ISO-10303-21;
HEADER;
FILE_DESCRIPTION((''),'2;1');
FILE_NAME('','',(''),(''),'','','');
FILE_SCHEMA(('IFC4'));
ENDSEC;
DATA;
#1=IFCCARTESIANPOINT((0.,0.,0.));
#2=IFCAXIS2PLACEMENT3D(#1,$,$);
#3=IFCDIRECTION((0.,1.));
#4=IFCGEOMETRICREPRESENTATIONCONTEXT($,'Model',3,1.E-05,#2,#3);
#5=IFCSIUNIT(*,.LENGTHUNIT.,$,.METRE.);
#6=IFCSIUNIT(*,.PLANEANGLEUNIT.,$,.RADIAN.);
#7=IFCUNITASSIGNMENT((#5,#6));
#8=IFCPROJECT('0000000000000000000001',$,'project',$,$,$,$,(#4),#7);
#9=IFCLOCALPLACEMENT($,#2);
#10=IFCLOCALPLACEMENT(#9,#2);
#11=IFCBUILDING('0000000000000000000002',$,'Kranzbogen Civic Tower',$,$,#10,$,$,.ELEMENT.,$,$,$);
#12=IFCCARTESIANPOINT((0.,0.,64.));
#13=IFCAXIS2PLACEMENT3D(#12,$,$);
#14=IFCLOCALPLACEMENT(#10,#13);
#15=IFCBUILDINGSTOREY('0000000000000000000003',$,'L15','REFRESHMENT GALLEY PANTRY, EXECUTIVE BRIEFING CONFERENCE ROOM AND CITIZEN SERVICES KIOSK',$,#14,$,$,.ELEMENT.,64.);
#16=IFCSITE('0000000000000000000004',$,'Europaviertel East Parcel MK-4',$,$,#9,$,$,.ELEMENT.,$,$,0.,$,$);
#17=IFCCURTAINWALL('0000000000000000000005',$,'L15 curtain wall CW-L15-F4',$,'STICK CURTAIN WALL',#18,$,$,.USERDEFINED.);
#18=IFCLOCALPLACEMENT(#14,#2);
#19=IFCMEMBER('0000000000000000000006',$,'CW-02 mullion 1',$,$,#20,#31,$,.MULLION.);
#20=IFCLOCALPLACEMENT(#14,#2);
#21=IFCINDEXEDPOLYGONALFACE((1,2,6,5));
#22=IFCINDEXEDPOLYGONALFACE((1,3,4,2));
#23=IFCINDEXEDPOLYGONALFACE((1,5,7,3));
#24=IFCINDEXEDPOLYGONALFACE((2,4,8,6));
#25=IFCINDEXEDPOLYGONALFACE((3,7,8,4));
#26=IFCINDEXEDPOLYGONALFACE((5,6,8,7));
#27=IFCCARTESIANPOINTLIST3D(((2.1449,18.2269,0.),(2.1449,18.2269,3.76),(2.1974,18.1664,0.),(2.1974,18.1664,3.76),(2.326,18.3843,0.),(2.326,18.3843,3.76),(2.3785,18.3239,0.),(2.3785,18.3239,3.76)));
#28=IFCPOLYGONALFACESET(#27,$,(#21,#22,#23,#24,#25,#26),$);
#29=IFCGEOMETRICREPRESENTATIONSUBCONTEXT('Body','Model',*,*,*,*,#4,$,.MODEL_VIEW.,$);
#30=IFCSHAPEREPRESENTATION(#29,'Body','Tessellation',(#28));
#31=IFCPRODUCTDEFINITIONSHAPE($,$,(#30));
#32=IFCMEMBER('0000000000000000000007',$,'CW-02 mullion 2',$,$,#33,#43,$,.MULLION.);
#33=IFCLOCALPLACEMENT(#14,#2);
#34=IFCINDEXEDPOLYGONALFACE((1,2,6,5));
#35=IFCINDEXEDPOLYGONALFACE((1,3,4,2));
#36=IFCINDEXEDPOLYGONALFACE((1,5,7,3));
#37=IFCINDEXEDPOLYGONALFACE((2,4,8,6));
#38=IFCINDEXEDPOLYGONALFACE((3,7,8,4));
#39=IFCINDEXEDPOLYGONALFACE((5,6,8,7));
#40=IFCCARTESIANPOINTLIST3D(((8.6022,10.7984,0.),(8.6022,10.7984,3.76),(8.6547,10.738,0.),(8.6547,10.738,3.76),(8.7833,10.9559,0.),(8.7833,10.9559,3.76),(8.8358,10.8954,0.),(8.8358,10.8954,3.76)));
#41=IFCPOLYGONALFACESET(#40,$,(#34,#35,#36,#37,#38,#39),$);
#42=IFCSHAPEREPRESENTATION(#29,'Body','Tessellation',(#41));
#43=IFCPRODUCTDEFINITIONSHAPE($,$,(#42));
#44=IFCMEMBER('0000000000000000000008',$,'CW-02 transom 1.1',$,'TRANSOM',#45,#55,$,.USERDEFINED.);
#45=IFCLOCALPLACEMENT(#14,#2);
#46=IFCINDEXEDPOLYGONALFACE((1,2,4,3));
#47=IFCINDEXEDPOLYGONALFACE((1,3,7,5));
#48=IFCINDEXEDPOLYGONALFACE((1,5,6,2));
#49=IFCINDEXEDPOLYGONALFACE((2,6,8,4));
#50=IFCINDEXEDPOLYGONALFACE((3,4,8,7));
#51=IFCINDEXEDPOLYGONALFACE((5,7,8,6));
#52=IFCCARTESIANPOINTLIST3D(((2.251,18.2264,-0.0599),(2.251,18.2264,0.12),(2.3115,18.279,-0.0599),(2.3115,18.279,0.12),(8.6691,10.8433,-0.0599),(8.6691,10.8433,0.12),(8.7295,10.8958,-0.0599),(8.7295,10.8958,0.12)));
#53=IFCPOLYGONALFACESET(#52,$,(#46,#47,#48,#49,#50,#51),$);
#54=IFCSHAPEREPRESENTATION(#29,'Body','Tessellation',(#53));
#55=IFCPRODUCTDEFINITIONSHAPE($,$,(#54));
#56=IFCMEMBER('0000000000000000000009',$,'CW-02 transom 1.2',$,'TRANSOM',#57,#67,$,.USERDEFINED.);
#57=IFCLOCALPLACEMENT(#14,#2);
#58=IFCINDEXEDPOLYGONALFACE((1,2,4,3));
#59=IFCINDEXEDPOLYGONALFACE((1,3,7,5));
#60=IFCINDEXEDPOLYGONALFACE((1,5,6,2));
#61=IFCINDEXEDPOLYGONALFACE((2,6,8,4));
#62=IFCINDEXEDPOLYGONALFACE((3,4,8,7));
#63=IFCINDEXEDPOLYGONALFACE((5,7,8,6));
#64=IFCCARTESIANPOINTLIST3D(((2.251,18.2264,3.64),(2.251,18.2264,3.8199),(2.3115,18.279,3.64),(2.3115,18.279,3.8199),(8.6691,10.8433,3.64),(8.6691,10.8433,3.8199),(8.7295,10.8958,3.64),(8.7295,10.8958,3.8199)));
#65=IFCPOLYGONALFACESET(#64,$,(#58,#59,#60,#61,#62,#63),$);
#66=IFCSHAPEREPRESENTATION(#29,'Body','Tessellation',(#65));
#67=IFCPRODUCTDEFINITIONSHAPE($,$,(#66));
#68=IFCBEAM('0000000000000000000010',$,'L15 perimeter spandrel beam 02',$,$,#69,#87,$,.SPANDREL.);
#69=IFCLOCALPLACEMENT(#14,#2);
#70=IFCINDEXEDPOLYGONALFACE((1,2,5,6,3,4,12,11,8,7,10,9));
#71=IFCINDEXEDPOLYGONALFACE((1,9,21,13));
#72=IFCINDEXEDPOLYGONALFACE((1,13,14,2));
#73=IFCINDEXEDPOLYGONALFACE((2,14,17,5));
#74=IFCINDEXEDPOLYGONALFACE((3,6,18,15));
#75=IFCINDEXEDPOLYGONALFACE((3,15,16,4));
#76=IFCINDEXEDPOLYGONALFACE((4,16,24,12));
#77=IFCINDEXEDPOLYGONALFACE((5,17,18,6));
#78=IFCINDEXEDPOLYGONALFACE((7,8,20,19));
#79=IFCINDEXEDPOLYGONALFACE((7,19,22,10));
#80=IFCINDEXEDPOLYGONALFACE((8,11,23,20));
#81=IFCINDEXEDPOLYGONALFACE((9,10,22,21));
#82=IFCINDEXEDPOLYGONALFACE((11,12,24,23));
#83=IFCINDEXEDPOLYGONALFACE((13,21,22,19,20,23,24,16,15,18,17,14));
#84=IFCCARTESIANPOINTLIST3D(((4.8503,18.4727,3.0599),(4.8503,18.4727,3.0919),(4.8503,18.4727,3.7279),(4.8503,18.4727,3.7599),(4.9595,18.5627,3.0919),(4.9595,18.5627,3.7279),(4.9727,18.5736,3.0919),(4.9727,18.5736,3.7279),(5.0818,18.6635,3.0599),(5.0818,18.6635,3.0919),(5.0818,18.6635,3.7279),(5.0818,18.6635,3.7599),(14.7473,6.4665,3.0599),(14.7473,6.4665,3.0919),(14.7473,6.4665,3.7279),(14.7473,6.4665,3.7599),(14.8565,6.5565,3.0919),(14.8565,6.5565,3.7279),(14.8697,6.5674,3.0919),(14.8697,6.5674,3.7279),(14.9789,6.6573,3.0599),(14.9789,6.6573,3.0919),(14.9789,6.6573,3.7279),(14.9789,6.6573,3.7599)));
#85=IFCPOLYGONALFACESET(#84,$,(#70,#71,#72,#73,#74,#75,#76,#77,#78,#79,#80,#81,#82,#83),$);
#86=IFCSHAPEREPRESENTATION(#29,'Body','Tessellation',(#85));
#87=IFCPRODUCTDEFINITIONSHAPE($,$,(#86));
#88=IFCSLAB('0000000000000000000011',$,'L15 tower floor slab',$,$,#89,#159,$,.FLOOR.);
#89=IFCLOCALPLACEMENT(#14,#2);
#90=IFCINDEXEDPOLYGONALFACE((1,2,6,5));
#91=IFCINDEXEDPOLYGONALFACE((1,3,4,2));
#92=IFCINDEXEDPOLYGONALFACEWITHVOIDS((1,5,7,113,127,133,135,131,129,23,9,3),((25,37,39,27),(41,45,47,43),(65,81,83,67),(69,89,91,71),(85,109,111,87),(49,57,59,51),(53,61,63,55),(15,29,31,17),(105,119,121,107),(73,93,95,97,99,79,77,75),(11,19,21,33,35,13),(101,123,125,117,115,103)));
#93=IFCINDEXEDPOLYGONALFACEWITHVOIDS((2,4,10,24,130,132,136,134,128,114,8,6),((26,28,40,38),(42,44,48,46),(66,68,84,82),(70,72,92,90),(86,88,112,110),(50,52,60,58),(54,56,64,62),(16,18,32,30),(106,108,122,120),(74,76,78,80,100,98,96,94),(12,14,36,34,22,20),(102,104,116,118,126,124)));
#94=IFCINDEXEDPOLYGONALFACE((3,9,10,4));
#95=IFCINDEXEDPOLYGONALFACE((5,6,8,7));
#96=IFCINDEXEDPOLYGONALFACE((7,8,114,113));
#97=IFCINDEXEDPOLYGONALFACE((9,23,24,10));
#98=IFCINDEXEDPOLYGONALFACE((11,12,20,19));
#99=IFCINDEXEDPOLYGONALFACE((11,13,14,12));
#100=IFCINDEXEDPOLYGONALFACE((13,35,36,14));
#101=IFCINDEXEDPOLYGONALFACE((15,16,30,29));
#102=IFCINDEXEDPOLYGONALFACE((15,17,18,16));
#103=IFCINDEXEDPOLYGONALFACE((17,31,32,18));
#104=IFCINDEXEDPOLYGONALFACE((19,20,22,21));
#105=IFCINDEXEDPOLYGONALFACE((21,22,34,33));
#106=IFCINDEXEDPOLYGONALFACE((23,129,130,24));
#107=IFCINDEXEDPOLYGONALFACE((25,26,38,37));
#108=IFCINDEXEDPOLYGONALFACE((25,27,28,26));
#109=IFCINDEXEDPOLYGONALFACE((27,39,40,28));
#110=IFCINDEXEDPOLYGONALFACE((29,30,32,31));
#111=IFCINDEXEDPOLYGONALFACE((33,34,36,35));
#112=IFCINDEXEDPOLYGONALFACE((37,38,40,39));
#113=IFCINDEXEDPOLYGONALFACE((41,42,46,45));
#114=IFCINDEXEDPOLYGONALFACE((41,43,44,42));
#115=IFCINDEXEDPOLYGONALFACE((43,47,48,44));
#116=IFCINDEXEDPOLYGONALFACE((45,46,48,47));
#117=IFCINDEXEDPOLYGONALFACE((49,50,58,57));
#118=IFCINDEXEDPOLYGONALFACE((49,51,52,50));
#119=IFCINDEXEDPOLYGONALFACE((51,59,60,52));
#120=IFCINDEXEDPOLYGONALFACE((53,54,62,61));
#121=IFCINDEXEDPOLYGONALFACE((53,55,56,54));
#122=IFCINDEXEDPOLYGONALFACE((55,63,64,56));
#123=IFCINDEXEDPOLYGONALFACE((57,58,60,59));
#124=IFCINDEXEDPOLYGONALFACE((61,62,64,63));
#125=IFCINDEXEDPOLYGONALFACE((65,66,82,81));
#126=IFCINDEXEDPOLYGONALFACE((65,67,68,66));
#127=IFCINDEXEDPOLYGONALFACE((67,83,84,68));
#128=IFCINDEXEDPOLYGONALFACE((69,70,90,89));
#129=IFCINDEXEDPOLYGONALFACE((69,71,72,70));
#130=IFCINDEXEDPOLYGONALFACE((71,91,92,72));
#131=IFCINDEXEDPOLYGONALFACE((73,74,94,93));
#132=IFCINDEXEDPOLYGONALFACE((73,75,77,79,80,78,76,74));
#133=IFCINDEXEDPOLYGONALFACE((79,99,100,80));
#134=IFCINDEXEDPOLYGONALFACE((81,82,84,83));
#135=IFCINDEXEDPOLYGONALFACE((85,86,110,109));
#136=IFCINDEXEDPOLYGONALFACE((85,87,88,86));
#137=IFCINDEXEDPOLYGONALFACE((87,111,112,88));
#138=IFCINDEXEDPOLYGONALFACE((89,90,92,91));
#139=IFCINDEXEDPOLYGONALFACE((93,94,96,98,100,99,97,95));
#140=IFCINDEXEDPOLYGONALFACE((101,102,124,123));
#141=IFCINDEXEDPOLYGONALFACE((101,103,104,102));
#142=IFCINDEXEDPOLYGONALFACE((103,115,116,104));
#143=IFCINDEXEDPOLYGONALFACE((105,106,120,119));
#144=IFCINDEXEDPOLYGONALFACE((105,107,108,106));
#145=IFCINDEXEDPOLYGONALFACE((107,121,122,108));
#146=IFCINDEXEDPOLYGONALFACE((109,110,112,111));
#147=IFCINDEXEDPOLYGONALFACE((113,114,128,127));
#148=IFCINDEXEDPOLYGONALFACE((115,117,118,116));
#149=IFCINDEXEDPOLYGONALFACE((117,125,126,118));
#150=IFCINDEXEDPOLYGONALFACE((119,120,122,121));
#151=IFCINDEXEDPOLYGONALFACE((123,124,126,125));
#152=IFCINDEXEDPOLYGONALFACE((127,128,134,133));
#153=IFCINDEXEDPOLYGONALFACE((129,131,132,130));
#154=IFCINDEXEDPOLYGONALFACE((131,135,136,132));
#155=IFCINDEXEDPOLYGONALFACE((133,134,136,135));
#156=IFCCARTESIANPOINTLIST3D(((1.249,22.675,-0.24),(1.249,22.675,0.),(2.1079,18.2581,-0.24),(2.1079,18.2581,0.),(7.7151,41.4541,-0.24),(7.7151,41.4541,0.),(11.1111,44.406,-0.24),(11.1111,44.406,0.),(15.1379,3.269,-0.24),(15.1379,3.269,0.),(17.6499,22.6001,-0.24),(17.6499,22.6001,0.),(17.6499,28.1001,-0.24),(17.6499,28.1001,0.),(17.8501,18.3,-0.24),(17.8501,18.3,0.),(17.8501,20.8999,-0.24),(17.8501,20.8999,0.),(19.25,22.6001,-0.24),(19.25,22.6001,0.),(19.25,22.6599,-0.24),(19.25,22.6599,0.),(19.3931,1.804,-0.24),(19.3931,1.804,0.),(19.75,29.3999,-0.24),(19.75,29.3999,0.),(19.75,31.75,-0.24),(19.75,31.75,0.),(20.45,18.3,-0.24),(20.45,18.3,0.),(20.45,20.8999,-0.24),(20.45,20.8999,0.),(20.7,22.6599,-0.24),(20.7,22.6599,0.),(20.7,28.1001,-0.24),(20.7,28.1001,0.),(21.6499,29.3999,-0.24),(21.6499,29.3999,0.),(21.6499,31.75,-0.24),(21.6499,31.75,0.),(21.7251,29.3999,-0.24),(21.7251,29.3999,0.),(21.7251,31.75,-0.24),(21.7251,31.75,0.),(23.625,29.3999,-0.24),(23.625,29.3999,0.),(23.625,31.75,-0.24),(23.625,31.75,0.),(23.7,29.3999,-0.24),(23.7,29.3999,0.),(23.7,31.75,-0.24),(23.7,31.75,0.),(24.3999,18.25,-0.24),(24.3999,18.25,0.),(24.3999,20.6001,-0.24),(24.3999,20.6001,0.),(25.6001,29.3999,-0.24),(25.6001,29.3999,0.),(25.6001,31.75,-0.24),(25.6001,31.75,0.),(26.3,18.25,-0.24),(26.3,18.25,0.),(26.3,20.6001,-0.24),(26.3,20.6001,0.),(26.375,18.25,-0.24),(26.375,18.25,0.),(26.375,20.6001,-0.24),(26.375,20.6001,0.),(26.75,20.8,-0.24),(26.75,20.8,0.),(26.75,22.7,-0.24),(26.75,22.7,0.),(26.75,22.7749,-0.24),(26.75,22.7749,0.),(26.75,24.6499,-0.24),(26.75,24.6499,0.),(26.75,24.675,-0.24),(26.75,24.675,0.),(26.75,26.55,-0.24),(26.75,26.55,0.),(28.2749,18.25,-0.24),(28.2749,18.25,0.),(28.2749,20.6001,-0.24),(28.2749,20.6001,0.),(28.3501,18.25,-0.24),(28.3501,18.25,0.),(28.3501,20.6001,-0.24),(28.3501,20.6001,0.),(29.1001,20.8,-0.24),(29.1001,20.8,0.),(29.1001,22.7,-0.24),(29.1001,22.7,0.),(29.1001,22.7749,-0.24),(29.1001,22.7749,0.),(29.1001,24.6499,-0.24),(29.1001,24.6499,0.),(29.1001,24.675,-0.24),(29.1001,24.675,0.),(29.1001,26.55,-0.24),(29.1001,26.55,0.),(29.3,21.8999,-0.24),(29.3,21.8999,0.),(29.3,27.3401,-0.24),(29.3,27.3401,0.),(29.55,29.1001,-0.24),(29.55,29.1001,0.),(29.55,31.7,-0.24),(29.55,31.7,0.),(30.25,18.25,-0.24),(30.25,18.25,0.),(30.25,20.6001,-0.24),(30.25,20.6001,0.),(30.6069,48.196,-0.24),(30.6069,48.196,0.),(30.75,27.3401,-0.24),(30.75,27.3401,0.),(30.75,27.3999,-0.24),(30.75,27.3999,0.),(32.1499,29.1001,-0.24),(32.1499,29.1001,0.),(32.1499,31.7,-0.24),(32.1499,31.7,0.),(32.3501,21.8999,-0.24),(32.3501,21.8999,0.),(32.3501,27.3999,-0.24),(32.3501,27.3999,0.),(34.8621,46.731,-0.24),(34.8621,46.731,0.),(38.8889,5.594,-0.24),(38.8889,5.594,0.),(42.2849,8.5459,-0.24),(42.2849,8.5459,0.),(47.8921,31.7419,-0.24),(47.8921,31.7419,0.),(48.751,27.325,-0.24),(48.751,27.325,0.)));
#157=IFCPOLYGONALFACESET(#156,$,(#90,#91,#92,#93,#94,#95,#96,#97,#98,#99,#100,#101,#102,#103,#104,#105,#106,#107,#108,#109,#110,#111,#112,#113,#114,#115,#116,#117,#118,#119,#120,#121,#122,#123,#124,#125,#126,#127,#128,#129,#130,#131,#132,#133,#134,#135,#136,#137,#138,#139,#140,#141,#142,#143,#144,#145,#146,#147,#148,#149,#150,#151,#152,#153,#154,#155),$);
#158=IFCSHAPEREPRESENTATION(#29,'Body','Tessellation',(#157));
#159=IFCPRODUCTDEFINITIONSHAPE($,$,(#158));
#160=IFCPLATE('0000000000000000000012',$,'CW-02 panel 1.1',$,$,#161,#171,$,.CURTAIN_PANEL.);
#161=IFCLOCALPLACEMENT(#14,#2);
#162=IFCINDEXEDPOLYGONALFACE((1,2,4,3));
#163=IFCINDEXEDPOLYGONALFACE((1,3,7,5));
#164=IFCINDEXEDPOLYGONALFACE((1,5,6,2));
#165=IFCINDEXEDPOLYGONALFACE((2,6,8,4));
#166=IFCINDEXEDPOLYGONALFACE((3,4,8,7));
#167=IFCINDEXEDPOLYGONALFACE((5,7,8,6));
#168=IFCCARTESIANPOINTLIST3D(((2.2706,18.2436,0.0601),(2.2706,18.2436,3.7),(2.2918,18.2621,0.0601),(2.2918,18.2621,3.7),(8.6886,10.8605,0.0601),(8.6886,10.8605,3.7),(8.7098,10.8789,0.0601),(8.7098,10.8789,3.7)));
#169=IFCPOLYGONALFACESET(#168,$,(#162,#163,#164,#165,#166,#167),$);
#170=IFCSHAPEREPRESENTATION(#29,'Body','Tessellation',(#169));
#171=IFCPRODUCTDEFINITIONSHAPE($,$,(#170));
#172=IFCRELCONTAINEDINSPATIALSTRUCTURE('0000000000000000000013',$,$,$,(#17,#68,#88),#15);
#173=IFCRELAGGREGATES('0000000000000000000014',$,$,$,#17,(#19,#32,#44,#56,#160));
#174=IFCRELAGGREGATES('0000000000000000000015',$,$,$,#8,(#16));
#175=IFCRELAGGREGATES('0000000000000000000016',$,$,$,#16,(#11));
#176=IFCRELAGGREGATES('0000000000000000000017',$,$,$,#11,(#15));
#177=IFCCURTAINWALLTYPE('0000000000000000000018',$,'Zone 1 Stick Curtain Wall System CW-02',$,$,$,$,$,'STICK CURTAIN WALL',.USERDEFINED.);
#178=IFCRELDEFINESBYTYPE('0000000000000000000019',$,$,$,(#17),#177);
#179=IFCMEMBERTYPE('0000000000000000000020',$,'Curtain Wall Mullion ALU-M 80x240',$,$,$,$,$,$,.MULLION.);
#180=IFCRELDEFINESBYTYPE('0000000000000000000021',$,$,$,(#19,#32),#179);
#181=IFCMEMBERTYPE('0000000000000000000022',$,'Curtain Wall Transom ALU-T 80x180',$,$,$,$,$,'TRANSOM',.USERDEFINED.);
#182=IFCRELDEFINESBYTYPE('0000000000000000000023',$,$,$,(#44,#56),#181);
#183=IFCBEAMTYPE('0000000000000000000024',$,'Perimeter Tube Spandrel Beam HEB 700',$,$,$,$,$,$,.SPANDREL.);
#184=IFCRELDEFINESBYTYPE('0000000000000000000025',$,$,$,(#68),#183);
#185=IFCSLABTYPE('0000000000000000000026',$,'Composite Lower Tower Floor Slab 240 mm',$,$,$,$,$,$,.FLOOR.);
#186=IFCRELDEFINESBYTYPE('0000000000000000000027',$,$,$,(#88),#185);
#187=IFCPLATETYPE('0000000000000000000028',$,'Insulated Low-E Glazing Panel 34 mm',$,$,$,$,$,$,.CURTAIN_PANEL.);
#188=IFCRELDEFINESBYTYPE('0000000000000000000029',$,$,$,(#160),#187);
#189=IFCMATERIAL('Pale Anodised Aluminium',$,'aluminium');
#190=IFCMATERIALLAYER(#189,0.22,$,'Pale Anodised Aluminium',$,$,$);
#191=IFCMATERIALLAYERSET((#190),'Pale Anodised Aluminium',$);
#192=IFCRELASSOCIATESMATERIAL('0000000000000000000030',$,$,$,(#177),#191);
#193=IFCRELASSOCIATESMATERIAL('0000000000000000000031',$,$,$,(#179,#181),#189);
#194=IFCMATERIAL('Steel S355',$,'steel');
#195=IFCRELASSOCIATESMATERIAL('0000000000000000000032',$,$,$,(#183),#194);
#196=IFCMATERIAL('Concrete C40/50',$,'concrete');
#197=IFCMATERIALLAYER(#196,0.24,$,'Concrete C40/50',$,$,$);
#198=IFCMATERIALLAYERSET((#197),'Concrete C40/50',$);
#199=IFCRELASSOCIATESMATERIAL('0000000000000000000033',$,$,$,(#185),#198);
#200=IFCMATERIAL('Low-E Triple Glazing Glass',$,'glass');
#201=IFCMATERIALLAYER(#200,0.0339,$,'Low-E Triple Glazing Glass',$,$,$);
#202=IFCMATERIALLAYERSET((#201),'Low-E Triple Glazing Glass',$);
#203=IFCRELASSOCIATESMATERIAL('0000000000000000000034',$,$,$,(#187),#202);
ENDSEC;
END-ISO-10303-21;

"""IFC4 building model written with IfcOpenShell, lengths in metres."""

from ifc_helpers import new_model, si_unit, direction, frame, origin, origin_2d, place, context, subcontext, project, spatial, polyline, rectangle, i_section, outline, extrude, material, layer, layer_set, material_profile, profile_set, type_object, element, aggregate, save


model = new_model("IFC4")

# Units and contexts
model_context = context("Model", 3, precision=1e-05, world=origin(), true_north=direction((0.0, 1.0)))
body_context = subcontext(model_context, "Body", "Model", "MODEL_VIEW")
ifc_project = project(units=[si_unit("LENGTHUNIT", "METRE"), si_unit("PLANEANGLEUNIT", "RADIAN")], contexts=[model_context])

# Site, building, storey
site_placement = place(None, origin())
site = spatial("IfcSite", under=ifc_project, at=site_placement, Name="Europaviertel East Parcel MK-4", CompositionType="ELEMENT", RefElevation=0.0)
building_placement = place(site_placement, origin())
building = spatial("IfcBuilding", under=site, at=building_placement, Name="Kranzbogen Civic Tower", CompositionType="ELEMENT")
storey_placement = place(building_placement, frame((0.0, 0.0, 64.0)))
storey = spatial("IfcBuildingStorey", under=building, at=storey_placement, Name="L15", Description="REFRESHMENT GALLEY PANTRY, EXECUTIVE BRIEFING CONFERENCE ROOM AND CITIZEN SERVICES KIOSK", CompositionType="ELEMENT", Elevation=64.0)

# Curtain wall, members
ifc_material_1 = material(Name="Pale Anodised Aluminium", Category="aluminium")
ifc_layer_1 = layer(ifc_material_1, 0.22, Name="Pale Anodised Aluminium")
ifc_layer_set_1 = layer_set([ifc_layer_1], Name="Pale Anodised Aluminium")
curtain_wall_type = type_object("IfcCurtainWallType", Name="Zone 1 Stick Curtain Wall System CW-02", ElementType="STICK CURTAIN WALL", PredefinedType="USERDEFINED", material=ifc_layer_set_1)
curtain_wall_placement = place(storey_placement, origin())
curtain_wall = element("IfcCurtainWall", 1, at=curtain_wall_placement, inside=storey, type_object=curtain_wall_type, Name="L15 curtain wall CW-L15-F4", ObjectType="STICK CURTAIN WALL", PredefinedType="USERDEFINED")
ifc_material_profile_1 = material_profile(ifc_material_1, rectangle(XDim=0.0801, YDim=0.24, at=origin_2d()), Name="ALU-M 80x240")
ifc_profile_set_1 = profile_set([ifc_material_profile_1], Name="Pale Anodised Aluminium")
member_type_1 = type_object("IfcMemberType", Name="Curtain Wall Mullion ALU-M 80x240", PredefinedType="MULLION", material=ifc_profile_set_1)
member_1_placement = place(storey_placement, frame((2.2617, 18.2754, 0.0), z_axis=(0.0, 0.0, 1.0), x_axis=(0.656056, -0.754712, 0.0)))
member_1 = element("IfcMember", 2, at=member_1_placement, type_object=member_type_1, Name="CW-02 mullion 1", PredefinedType="MULLION", context=body_context, shape_type="SweptSolid", body=[
    extrude(rectangle(XDim=0.0801, YDim=0.24, at=origin_2d()), origin(), (0.0, 0.0, 1.0), 3.76),
])
member_2_placement = place(storey_placement, frame((8.719, 10.8469, 0.0), z_axis=(0.0, 0.0, 1.0), x_axis=(0.656056, -0.754712, 0.0)))
member_2 = element("IfcMember", 3, at=member_2_placement, type_object=member_type_1, Name="CW-02 mullion 2", PredefinedType="MULLION", context=body_context, shape_type="SweptSolid", body=[
    extrude(rectangle(XDim=0.0801, YDim=0.24, at=origin_2d()), origin(), (0.0, 0.0, 1.0), 3.76),
])
ifc_material_profile_2 = material_profile(ifc_material_1, rectangle(XDim=0.0801, YDim=0.1799, at=origin_2d()), Name="ALU-T 80x180")
ifc_profile_set_2 = profile_set([ifc_material_profile_2], Name="Pale Anodised Aluminium")
member_type_2 = type_object("IfcMemberType", Name="Curtain Wall Transom ALU-T 80x180", ElementType="TRANSOM", PredefinedType="USERDEFINED", material=ifc_profile_set_2)
member_3_placement = place(storey_placement, frame((2.2812, 18.2527, 0.03), z_axis=(0.656058, -0.754711, 0.0), x_axis=(0.754711, 0.656058, 0.0)))
member_3 = element("IfcMember", 4, at=member_3_placement, type_object=member_type_2, Name="CW-02 transom 1.1", ObjectType="TRANSOM", PredefinedType="USERDEFINED", context=body_context, shape_type="SweptSolid", body=[
    extrude(rectangle(XDim=0.0801, YDim=0.1799, at=origin_2d()), origin(), (0.0, 0.0, 1.0), 9.7827),
])
member_4_placement = place(storey_placement, frame((2.2812, 18.2527, 3.73), z_axis=(0.656058, -0.754711, 0.0), x_axis=(0.754711, 0.656058, 0.0)))
member_4 = element("IfcMember", 5, at=member_4_placement, type_object=member_type_2, Name="CW-02 transom 1.2", ObjectType="TRANSOM", PredefinedType="USERDEFINED", context=body_context, shape_type="SweptSolid", body=[
    extrude(rectangle(XDim=0.0801, YDim=0.1799, at=origin_2d()), origin(), (0.0, 0.0, 1.0), 9.7827),
])

# Beam
ifc_material_2 = material(Name="Steel S355", Category="steel")
ifc_material_profile_3 = material_profile(ifc_material_2, i_section(OverallWidth=0.3, OverallDepth=0.7, WebThickness=0.0171, FlangeThickness=0.032, at=origin_2d()), Name="HEB 700")
ifc_profile_set_3 = profile_set([ifc_material_profile_3], Name="Steel S355")
beam_type = type_object("IfcBeamType", Name="Perimeter Tube Spandrel Beam HEB 700", PredefinedType="SPANDREL", material=ifc_profile_set_3)
beam_placement = place(storey_placement, frame((4.9661, 18.5681, 3.4099), z_axis=(0.636075, -0.771628, 0.0), x_axis=(0.771628, 0.636075, 0.0)))
element("IfcBeam", 6, at=beam_placement, inside=storey, type_object=beam_type, Name="L15 perimeter spandrel beam 02", PredefinedType="SPANDREL", context=body_context, shape_type="SweptSolid", body=[
    extrude(i_section(OverallWidth=0.3, OverallDepth=0.7, WebThickness=0.0171, FlangeThickness=0.032, at=origin_2d()), origin(), (0.0, 0.0, 1.0), 15.5596),
])

# Slab
ifc_material_3 = material(Name="Concrete C40/50", Category="concrete")
ifc_layer_2 = layer(ifc_material_3, 0.24, Name="Concrete C40/50")
ifc_layer_set_2 = layer_set([ifc_layer_2], Name="Concrete C40/50")
slab_type_1 = type_object("IfcSlabType", Name="Composite Lower Tower Floor Slab 240 mm", PredefinedType="FLOOR", material=ifc_layer_set_2)
slab_1_placement = place(storey_placement, frame((0.0, 0.0, -0.24)))
element("IfcSlab", 7, at=slab_1_placement, inside=storey, type_object=slab_type_1, Name="L15 tower floor slab", PredefinedType="FLOOR", context=body_context, shape_type="SweptSolid", body=[
    extrude(outline(polyline([(47.8921, 31.7419), (34.8621, 46.731), (30.6069, 48.196), (11.1111, 44.406), (7.7151, 41.4541), (1.249, 22.675), (2.1079, 18.2581), (15.1379, 3.269), (19.3931, 1.804), (38.8889, 5.594), (42.2849, 8.5459), (48.751, 27.325), (47.8921, 31.7419)]), holes=[polyline([(26.3, 20.6001), (26.3, 18.25), (24.3999, 18.25), (24.3999, 20.6001), (26.3, 20.6001)]), polyline([(28.2749, 18.25), (26.375, 18.25), (26.375, 20.6001), (28.2749, 20.6001), (28.2749, 18.25)]), polyline([(20.45, 18.3), (17.8501, 18.3), (17.8501, 20.8999), (20.45, 20.8999), (20.45, 18.3)]), polyline([(20.7, 22.6599), (19.25, 22.6599), (19.25, 22.6001), (17.6499, 22.6001), (17.6499, 28.1001), (20.7, 28.1001), (20.7, 22.6599)]), polyline([(21.6499, 29.3999), (19.75, 29.3999), (19.75, 31.75), (21.6499, 31.75), (21.6499, 29.3999)]), polyline([(23.625, 29.3999), (21.7251, 29.3999), (21.7251, 31.75), (23.625, 31.75), (23.625, 29.3999)]), polyline([(25.6001, 31.75), (25.6001, 29.3999), (23.7, 29.3999), (23.7, 31.75), (25.6001, 31.75)]), polyline([(30.25, 18.25), (28.3501, 18.25), (28.3501, 20.6001), (30.25, 20.6001), (30.25, 18.25)]), polyline([(29.1001, 20.8), (26.75, 20.8), (26.75, 22.7), (29.1001, 22.7), (29.1001, 20.8)]), polyline([(26.75, 26.55), (29.1001, 26.55), (29.1001, 24.675), (29.1001, 24.6499), (29.1001, 22.7749), (26.75, 22.7749), (26.75, 24.6499), (26.75, 24.675), (26.75, 26.55)]), polyline([(30.75, 27.3401), (30.75, 27.3999), (32.3501, 27.3999), (32.3501, 21.8999), (29.3, 21.8999), (29.3, 27.3401), (30.75, 27.3401)]), polyline([(32.1499, 29.1001), (29.55, 29.1001), (29.55, 31.7), (32.1499, 31.7), (32.1499, 29.1001)])]), origin(), (0.0, 0.0, 1.0), 0.24),
])

# Plate
ifc_material_4 = material(Name="Low-E Triple Glazing Glass", Category="glass")
ifc_layer_3 = layer(ifc_material_4, 0.0339, Name="Low-E Triple Glazing Glass")
ifc_layer_set_3 = layer_set([ifc_layer_3], Name="Low-E Triple Glazing Glass")
plate_type = type_object("IfcPlateType", Name="Insulated Low-E Glazing Panel 34 mm", PredefinedType="CURTAIN_PANEL", material=ifc_layer_set_3)
plate_placement = place(storey_placement, frame((5.4902, 14.5613, 0.0601), z_axis=(0.0, 0.0, 1.0), x_axis=(0.656056, -0.754712, 0.0)))
plate = element("IfcPlate", 8, at=plate_placement, type_object=plate_type, Name="CW-02 panel 1.1", PredefinedType="CURTAIN_PANEL", context=body_context, shape_type="SweptSolid", body=[
    extrude(rectangle(XDim=9.7827, YDim=0.0281, at=origin_2d()), origin(), (0.0, 0.0, 1.0), 3.6399),
])
aggregate(curtain_wall, [member_1, member_2, member_3, member_4, plate])

save(model, "model.ifc")
